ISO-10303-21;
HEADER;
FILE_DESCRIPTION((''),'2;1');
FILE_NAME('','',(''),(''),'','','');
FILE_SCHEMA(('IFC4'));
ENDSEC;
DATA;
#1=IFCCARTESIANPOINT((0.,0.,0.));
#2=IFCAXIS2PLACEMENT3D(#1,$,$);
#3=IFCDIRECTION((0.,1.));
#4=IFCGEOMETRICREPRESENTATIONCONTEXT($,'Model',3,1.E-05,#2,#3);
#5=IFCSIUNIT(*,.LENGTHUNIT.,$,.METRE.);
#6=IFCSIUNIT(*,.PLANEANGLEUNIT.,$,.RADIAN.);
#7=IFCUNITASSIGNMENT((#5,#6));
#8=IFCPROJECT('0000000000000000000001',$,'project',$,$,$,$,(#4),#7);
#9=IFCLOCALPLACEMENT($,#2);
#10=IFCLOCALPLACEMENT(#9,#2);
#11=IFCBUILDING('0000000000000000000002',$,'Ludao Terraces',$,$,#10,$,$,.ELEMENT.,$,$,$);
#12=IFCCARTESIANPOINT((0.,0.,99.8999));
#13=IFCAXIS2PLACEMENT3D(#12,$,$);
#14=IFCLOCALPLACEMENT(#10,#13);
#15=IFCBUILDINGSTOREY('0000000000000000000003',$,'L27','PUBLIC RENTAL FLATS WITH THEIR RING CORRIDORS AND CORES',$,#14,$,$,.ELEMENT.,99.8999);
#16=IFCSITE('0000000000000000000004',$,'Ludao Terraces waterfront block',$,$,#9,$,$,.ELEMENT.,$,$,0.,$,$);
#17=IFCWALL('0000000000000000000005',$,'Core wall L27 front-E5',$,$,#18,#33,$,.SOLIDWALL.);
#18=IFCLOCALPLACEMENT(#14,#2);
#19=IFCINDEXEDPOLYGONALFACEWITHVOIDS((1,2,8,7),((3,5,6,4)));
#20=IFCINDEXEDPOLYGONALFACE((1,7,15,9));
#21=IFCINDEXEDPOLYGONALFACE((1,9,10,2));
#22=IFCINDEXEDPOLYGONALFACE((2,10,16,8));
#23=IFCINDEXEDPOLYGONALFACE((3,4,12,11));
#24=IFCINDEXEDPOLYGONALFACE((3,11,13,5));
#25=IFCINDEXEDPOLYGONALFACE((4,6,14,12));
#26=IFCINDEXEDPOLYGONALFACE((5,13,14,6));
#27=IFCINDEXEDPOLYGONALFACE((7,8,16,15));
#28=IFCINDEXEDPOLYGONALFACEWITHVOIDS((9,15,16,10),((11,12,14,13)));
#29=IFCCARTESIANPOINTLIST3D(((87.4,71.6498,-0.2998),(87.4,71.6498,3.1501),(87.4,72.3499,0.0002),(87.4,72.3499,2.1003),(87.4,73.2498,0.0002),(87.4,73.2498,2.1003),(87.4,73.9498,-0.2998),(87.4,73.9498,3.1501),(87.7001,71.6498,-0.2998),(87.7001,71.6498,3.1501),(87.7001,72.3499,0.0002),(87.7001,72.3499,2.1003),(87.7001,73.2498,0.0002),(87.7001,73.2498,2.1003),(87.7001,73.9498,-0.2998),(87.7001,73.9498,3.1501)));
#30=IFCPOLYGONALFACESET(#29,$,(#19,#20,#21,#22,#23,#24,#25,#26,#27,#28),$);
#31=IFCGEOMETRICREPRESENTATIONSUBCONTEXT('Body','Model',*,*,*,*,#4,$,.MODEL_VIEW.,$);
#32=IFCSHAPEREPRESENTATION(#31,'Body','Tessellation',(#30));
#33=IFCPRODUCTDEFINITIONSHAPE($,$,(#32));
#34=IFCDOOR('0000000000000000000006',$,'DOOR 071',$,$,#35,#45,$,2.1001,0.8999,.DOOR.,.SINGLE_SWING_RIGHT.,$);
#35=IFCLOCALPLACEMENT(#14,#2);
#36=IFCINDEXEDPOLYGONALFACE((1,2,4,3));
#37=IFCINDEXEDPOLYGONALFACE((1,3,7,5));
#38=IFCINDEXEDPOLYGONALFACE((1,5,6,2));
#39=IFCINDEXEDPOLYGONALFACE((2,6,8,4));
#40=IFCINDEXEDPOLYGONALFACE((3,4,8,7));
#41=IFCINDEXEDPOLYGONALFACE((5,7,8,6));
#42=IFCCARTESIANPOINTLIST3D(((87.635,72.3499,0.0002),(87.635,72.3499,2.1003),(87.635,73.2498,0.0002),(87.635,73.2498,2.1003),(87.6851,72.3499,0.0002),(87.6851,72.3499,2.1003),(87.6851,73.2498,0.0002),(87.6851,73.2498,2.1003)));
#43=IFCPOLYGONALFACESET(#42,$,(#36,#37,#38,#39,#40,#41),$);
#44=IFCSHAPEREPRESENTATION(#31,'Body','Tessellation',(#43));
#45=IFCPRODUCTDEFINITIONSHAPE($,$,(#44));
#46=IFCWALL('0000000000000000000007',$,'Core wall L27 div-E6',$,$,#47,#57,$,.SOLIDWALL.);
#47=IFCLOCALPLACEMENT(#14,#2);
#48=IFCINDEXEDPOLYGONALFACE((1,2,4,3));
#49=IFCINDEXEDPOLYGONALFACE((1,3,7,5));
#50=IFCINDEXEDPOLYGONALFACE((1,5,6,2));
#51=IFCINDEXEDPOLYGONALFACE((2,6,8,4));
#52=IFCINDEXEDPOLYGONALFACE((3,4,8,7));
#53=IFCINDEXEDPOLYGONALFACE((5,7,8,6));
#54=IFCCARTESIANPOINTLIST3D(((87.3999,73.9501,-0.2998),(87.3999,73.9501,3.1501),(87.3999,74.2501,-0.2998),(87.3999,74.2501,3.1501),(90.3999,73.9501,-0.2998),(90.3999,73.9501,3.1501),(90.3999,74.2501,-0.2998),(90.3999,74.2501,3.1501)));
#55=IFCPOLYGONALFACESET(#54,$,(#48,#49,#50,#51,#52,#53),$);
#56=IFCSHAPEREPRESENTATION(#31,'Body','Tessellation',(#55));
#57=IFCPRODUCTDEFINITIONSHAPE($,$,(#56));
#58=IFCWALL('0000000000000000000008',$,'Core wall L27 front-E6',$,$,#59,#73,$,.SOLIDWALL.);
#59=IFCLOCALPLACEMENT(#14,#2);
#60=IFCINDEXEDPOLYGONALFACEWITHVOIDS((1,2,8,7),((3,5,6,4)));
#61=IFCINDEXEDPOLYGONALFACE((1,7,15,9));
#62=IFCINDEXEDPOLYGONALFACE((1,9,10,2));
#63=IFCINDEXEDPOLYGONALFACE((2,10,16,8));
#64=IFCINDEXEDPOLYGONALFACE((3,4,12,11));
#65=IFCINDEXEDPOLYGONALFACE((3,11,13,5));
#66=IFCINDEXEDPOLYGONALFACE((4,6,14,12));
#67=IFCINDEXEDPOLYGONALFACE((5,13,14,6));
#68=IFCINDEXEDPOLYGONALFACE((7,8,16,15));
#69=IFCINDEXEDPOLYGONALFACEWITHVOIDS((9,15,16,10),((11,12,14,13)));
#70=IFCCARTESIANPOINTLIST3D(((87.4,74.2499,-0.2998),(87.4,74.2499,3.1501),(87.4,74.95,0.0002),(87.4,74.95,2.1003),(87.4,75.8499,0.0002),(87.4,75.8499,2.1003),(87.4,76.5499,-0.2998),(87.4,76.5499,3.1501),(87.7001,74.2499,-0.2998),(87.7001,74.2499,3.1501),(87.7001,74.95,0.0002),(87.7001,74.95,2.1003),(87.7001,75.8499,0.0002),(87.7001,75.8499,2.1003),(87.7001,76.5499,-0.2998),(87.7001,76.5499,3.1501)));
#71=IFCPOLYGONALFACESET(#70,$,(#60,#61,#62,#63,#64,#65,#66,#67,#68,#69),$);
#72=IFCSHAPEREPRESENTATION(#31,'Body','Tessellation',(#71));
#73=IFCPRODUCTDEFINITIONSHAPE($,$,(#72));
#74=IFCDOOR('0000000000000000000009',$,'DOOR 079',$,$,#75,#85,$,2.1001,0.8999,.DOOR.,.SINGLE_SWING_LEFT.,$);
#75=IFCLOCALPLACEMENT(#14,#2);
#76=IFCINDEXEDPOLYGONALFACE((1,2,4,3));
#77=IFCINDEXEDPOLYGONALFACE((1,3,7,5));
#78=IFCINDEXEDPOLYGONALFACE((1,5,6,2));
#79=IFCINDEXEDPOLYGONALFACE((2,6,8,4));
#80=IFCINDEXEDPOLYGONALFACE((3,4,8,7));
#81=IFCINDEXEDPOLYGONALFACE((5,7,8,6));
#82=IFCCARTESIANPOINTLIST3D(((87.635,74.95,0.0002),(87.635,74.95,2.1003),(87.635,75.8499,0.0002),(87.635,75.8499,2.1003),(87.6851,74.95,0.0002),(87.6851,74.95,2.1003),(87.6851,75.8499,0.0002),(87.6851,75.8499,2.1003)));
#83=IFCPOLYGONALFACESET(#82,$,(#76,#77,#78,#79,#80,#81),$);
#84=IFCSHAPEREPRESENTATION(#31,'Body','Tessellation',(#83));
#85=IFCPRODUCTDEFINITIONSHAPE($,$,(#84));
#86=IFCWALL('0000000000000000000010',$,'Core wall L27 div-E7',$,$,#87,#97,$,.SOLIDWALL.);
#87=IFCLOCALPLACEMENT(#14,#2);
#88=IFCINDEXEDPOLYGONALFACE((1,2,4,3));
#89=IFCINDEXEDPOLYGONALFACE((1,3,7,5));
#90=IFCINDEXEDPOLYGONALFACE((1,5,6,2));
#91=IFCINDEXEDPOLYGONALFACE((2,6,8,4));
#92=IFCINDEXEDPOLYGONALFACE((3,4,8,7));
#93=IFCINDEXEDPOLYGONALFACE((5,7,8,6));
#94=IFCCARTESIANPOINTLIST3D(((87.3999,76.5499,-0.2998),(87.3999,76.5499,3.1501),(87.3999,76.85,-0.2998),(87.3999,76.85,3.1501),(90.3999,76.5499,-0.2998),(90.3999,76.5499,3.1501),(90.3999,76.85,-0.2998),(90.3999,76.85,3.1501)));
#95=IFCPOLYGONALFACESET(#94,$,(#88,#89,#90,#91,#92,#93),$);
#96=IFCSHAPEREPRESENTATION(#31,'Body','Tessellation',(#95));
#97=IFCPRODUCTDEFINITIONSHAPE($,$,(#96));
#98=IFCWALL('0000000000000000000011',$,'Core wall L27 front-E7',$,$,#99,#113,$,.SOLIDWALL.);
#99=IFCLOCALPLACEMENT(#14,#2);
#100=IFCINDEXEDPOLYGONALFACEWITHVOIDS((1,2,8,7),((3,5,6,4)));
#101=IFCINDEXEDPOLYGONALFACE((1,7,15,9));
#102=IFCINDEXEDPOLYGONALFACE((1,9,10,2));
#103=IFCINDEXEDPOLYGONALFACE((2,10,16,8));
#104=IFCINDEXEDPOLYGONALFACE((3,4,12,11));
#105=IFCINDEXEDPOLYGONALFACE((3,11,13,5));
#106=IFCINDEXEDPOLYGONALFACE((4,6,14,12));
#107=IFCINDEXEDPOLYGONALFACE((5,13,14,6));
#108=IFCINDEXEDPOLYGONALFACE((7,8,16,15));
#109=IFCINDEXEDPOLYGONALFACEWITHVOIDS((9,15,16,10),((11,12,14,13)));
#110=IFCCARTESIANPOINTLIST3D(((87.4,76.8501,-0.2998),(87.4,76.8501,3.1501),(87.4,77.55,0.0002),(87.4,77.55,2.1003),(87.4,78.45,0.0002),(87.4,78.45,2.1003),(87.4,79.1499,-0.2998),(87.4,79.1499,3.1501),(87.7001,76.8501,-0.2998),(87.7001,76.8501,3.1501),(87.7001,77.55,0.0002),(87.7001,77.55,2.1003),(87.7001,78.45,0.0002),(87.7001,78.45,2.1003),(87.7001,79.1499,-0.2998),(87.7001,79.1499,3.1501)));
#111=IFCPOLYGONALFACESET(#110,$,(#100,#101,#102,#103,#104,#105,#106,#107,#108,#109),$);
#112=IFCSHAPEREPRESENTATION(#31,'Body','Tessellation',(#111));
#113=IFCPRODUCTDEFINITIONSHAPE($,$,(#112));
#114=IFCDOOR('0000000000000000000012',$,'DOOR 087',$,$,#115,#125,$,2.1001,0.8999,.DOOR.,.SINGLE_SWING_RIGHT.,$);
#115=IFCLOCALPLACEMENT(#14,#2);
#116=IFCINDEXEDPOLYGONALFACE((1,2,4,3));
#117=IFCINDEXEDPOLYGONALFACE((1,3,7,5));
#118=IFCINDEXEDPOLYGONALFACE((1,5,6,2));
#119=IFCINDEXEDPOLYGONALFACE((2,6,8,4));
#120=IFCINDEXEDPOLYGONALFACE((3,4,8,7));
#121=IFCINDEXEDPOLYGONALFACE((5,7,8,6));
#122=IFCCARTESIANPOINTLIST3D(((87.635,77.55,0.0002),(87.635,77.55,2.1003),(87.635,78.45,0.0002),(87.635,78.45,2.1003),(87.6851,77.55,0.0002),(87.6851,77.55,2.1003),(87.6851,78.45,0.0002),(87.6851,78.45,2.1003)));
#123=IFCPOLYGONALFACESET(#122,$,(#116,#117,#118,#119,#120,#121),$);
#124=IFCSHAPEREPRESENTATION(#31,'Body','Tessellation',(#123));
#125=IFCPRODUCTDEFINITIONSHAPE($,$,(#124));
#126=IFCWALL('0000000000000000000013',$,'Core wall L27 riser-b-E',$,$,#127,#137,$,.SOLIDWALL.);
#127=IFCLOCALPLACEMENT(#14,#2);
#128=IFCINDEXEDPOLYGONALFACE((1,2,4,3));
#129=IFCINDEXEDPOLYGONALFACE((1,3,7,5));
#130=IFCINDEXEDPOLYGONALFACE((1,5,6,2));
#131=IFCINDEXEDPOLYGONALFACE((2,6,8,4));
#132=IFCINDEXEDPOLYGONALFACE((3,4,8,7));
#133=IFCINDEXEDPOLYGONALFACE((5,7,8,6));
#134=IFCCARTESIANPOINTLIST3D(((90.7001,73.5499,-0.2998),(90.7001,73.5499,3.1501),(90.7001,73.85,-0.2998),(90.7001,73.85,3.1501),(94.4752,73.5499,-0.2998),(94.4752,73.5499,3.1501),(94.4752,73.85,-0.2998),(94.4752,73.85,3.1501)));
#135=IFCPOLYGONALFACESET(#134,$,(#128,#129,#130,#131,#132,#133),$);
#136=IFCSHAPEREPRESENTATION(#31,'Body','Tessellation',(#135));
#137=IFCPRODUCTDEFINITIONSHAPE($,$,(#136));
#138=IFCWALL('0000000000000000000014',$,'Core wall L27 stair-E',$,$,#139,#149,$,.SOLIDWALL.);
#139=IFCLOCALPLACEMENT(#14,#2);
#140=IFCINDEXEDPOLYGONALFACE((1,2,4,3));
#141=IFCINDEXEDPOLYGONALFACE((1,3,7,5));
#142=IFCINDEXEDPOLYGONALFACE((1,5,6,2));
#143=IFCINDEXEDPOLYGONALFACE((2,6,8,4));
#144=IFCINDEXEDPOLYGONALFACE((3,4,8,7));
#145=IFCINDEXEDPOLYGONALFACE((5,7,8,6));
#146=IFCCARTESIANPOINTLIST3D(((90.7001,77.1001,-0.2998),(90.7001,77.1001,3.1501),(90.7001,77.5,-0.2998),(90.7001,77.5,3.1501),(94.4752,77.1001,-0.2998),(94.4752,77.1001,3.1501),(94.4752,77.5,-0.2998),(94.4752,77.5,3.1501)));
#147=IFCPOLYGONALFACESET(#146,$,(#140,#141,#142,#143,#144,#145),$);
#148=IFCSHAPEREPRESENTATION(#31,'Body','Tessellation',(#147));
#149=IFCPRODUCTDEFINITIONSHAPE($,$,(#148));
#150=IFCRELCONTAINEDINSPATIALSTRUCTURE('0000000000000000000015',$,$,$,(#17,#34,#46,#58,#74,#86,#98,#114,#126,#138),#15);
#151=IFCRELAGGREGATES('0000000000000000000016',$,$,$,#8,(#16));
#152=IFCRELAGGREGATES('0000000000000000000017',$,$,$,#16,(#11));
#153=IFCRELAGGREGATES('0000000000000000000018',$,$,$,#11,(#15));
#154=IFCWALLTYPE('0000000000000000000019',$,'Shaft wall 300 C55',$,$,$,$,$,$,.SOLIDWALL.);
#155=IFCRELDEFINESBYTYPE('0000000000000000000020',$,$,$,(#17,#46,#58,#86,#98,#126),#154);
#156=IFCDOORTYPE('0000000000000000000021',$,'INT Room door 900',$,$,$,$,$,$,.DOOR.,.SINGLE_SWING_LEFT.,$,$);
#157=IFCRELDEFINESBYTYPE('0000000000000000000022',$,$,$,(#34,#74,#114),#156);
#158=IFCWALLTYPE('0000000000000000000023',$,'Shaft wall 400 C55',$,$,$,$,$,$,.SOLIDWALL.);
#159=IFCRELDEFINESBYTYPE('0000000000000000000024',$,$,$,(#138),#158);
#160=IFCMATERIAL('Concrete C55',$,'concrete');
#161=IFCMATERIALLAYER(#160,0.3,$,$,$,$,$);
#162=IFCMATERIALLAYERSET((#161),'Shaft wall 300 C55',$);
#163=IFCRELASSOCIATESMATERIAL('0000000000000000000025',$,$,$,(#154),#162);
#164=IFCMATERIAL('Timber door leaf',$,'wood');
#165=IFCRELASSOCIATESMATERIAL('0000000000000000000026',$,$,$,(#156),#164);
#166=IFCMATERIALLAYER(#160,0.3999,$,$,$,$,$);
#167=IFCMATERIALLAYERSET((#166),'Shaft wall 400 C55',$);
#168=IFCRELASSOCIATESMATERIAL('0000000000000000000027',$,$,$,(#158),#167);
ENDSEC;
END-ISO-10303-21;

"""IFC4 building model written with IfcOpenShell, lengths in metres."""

from ifc_helpers import new_model, si_unit, direction, frame, frame_2d, origin, place, context, subcontext, project, spatial, rectangle, extrude, material, layer, layer_set, type_object, element, fill, save


model = new_model("IFC4")

# Units and contexts
model_context = context("Model", 3, precision=1e-05, world=origin(), true_north=direction((0.0, 1.0)))
body_context = subcontext(model_context, "Body", "Model", "MODEL_VIEW")
ifc_project = project(units=[si_unit("LENGTHUNIT", "METRE"), si_unit("PLANEANGLEUNIT", "RADIAN")], contexts=[model_context])

# Site, building, storey
site_placement = place(None, origin())
site = spatial("IfcSite", under=ifc_project, at=site_placement, Name="Ludao Terraces waterfront block", CompositionType="ELEMENT", RefElevation=0.0)
building_placement = place(site_placement, origin())
building = spatial("IfcBuilding", under=site, at=building_placement, Name="Ludao Terraces", CompositionType="ELEMENT")
storey_placement = place(building_placement, frame((0.0, 0.0, 99.8999)))
storey = spatial("IfcBuildingStorey", under=building, at=storey_placement, Name="L27", Description="PUBLIC RENTAL FLATS WITH THEIR RING CORRIDORS AND CORES", CompositionType="ELEMENT", Elevation=99.8999)

# Shared definitions
ifc_material_1 = material(Name="Concrete C55", Category="concrete")
ifc_layer_1 = layer(ifc_material_1, 0.3)
ifc_layer_set_1 = layer_set([ifc_layer_1], Name="Shaft wall 300 C55")
wall_type_1 = type_object("IfcWallType", Name="Shaft wall 300 C55", PredefinedType="SOLIDWALL", material=ifc_layer_set_1)

# Wall, opening, door
wall_1_placement = place(storey_placement, frame((87.55, 71.6499, -0.2998), z_axis=(0.0, 0.0, 1.0), x_axis=(0.0, 1.0, 0.0)))
wall_1 = element("IfcWall", 1, at=wall_1_placement, inside=storey, type_object=wall_type_1, Name="Core wall L27 front-E5", PredefinedType="SOLIDWALL", context=body_context, shape_type="SweptSolid", body=[
    extrude(rectangle(XDim=2.3, YDim=0.3, at=frame_2d((1.1499, 0.0))), origin(), (0.0, 0.0, 1.0), 3.45),
])
opening_1_placement = place(wall_1_placement, frame((0.7, 0.0, 0.3)))
opening_1 = element("IfcOpeningElement", 2, at=opening_1_placement, cuts=wall_1, PredefinedType="OPENING", context=body_context, shape_type="SweptSolid", body=[
    extrude(rectangle(XDim=0.8999, YDim=2.1001, at=frame_2d((0.45, 1.05))), frame((0.0, 0.1602, 0.0), z_axis=(0.0, -1.0, 0.0), x_axis=(1.0, 0.0, 0.0)), (0.0, 0.0, 1.0), 0.3201),
])
ifc_material_2 = material(Name="Timber door leaf", Category="wood")
door_type_1 = type_object("IfcDoorType", Name="INT Room door 900", OperationType="SINGLE_SWING_LEFT", PredefinedType="DOOR", material=ifc_material_2)
door_1_placement = place(opening_1_placement, origin())
door_1 = element("IfcDoor", 3, at=door_1_placement, inside=storey, type_object=door_type_1, Name="DOOR 071", OperationType="SINGLE_SWING_RIGHT", OverallHeight=2.1001, OverallWidth=0.8999, PredefinedType="DOOR", context=body_context, shape_type="SweptSolid", body=[
    extrude(rectangle(XDim=0.8999, YDim=2.1001, at=frame_2d((0.45, 1.05))), frame((0.0, -0.085, 0.0), z_axis=(0.0, -1.0, 0.0), x_axis=(1.0, 0.0, 0.0)), (0.0, 0.0, 1.0), 0.05),
])
fill(opening_1, door_1)

# Wall
wall_2_placement = place(storey_placement, frame((87.3999, 74.1001, -0.2998), z_axis=(0.0, 0.0, 1.0), x_axis=(1.0, 0.0, 0.0)))
element("IfcWall", 4, at=wall_2_placement, inside=storey, type_object=wall_type_1, Name="Core wall L27 div-E6", PredefinedType="SOLIDWALL", context=body_context, shape_type="SweptSolid", body=[
    extrude(rectangle(XDim=3.0, YDim=0.3, at=frame_2d((1.5, 0.0))), origin(), (0.0, 0.0, 1.0), 3.45),
])

# Wall, opening, door
wall_3_placement = place(storey_placement, frame((87.55, 74.25, -0.2998), z_axis=(0.0, 0.0, 1.0), x_axis=(0.0, 1.0, 0.0)))
wall_3 = element("IfcWall", 5, at=wall_3_placement, inside=storey, type_object=wall_type_1, Name="Core wall L27 front-E6", PredefinedType="SOLIDWALL", context=body_context, shape_type="SweptSolid", body=[
    extrude(rectangle(XDim=2.3, YDim=0.3, at=frame_2d((1.1499, 0.0))), origin(), (0.0, 0.0, 1.0), 3.45),
])
opening_2_placement = place(wall_3_placement, frame((0.7, 0.0, 0.3)))
opening_2 = element("IfcOpeningElement", 6, at=opening_2_placement, cuts=wall_3, PredefinedType="OPENING", context=body_context, shape_type="SweptSolid", body=[
    extrude(rectangle(XDim=0.8999, YDim=2.1001, at=frame_2d((0.45, 1.05))), frame((0.0, 0.1602, 0.0), z_axis=(0.0, -1.0, 0.0), x_axis=(1.0, 0.0, 0.0)), (0.0, 0.0, 1.0), 0.3201),
])
door_2_placement = place(opening_2_placement, origin())
door_2 = element("IfcDoor", 7, at=door_2_placement, inside=storey, type_object=door_type_1, Name="DOOR 079", OperationType="SINGLE_SWING_LEFT", OverallHeight=2.1001, OverallWidth=0.8999, PredefinedType="DOOR", context=body_context, shape_type="SweptSolid", body=[
    extrude(rectangle(XDim=0.8999, YDim=2.1001, at=frame_2d((0.45, 1.05))), frame((0.0, -0.085, 0.0), z_axis=(0.0, -1.0, 0.0), x_axis=(1.0, 0.0, 0.0)), (0.0, 0.0, 1.0), 0.05),
])
fill(opening_2, door_2)

# Wall
wall_4_placement = place(storey_placement, frame((87.3999, 76.7, -0.2998), z_axis=(0.0, 0.0, 1.0), x_axis=(1.0, 0.0, 0.0)))
element("IfcWall", 8, at=wall_4_placement, inside=storey, type_object=wall_type_1, Name="Core wall L27 div-E7", PredefinedType="SOLIDWALL", context=body_context, shape_type="SweptSolid", body=[
    extrude(rectangle(XDim=3.0, YDim=0.3, at=frame_2d((1.5, 0.0))), origin(), (0.0, 0.0, 1.0), 3.45),
])

# Wall, opening, door
wall_5_placement = place(storey_placement, frame((87.55, 76.8501, -0.2998), z_axis=(0.0, 0.0, 1.0), x_axis=(0.0, 1.0, 0.0)))
wall_5 = element("IfcWall", 9, at=wall_5_placement, inside=storey, type_object=wall_type_1, Name="Core wall L27 front-E7", PredefinedType="SOLIDWALL", context=body_context, shape_type="SweptSolid", body=[
    extrude(rectangle(XDim=2.2998, YDim=0.3, at=frame_2d((1.1499, 0.0))), origin(), (0.0, 0.0, 1.0), 3.45),
])
opening_3_placement = place(wall_5_placement, frame((0.7, 0.0, 0.3)))
opening_3 = element("IfcOpeningElement", 10, at=opening_3_placement, cuts=wall_5, PredefinedType="OPENING", context=body_context, shape_type="SweptSolid", body=[
    extrude(rectangle(XDim=0.8999, YDim=2.1001, at=frame_2d((0.45, 1.05))), frame((0.0, 0.1602, 0.0), z_axis=(0.0, -1.0, 0.0), x_axis=(1.0, 0.0, 0.0)), (0.0, 0.0, 1.0), 0.3201),
])
door_3_placement = place(opening_3_placement, origin())
door_3 = element("IfcDoor", 11, at=door_3_placement, inside=storey, type_object=door_type_1, Name="DOOR 087", OperationType="SINGLE_SWING_RIGHT", OverallHeight=2.1001, OverallWidth=0.8999, PredefinedType="DOOR", context=body_context, shape_type="SweptSolid", body=[
    extrude(rectangle(XDim=0.8999, YDim=2.1001, at=frame_2d((0.45, 1.05))), frame((0.0, -0.085, 0.0), z_axis=(0.0, -1.0, 0.0), x_axis=(1.0, 0.0, 0.0)), (0.0, 0.0, 1.0), 0.05),
])
fill(opening_3, door_3)

# Walls
wall_6_placement = place(storey_placement, frame((90.7, 73.7, -0.2998), z_axis=(0.0, 0.0, 1.0), x_axis=(1.0, 0.0, 0.0)))
element("IfcWall", 12, at=wall_6_placement, inside=storey, type_object=wall_type_1, Name="Core wall L27 riser-b-E", PredefinedType="SOLIDWALL", context=body_context, shape_type="SweptSolid", body=[
    extrude(rectangle(XDim=3.7751, YDim=0.3, at=frame_2d((1.8877, 0.0))), origin(), (0.0, 0.0, 1.0), 3.45),
])
ifc_layer_2 = layer(ifc_material_1, 0.3999)
ifc_layer_set_2 = layer_set([ifc_layer_2], Name="Shaft wall 400 C55")
wall_type_2 = type_object("IfcWallType", Name="Shaft wall 400 C55", PredefinedType="SOLIDWALL", material=ifc_layer_set_2)
wall_7_placement = place(storey_placement, frame((90.7, 77.3, -0.2998), z_axis=(0.0, 0.0, 1.0), x_axis=(1.0, 0.0, 0.0)))
element("IfcWall", 13, at=wall_7_placement, inside=storey, type_object=wall_type_2, Name="Core wall L27 stair-E", PredefinedType="SOLIDWALL", context=body_context, shape_type="SweptSolid", body=[
    extrude(rectangle(XDim=3.7751, YDim=0.3999, at=frame_2d((1.8877, 0.0))), origin(), (0.0, 0.0, 1.0), 3.45),
])

save(model, "model.ifc")
